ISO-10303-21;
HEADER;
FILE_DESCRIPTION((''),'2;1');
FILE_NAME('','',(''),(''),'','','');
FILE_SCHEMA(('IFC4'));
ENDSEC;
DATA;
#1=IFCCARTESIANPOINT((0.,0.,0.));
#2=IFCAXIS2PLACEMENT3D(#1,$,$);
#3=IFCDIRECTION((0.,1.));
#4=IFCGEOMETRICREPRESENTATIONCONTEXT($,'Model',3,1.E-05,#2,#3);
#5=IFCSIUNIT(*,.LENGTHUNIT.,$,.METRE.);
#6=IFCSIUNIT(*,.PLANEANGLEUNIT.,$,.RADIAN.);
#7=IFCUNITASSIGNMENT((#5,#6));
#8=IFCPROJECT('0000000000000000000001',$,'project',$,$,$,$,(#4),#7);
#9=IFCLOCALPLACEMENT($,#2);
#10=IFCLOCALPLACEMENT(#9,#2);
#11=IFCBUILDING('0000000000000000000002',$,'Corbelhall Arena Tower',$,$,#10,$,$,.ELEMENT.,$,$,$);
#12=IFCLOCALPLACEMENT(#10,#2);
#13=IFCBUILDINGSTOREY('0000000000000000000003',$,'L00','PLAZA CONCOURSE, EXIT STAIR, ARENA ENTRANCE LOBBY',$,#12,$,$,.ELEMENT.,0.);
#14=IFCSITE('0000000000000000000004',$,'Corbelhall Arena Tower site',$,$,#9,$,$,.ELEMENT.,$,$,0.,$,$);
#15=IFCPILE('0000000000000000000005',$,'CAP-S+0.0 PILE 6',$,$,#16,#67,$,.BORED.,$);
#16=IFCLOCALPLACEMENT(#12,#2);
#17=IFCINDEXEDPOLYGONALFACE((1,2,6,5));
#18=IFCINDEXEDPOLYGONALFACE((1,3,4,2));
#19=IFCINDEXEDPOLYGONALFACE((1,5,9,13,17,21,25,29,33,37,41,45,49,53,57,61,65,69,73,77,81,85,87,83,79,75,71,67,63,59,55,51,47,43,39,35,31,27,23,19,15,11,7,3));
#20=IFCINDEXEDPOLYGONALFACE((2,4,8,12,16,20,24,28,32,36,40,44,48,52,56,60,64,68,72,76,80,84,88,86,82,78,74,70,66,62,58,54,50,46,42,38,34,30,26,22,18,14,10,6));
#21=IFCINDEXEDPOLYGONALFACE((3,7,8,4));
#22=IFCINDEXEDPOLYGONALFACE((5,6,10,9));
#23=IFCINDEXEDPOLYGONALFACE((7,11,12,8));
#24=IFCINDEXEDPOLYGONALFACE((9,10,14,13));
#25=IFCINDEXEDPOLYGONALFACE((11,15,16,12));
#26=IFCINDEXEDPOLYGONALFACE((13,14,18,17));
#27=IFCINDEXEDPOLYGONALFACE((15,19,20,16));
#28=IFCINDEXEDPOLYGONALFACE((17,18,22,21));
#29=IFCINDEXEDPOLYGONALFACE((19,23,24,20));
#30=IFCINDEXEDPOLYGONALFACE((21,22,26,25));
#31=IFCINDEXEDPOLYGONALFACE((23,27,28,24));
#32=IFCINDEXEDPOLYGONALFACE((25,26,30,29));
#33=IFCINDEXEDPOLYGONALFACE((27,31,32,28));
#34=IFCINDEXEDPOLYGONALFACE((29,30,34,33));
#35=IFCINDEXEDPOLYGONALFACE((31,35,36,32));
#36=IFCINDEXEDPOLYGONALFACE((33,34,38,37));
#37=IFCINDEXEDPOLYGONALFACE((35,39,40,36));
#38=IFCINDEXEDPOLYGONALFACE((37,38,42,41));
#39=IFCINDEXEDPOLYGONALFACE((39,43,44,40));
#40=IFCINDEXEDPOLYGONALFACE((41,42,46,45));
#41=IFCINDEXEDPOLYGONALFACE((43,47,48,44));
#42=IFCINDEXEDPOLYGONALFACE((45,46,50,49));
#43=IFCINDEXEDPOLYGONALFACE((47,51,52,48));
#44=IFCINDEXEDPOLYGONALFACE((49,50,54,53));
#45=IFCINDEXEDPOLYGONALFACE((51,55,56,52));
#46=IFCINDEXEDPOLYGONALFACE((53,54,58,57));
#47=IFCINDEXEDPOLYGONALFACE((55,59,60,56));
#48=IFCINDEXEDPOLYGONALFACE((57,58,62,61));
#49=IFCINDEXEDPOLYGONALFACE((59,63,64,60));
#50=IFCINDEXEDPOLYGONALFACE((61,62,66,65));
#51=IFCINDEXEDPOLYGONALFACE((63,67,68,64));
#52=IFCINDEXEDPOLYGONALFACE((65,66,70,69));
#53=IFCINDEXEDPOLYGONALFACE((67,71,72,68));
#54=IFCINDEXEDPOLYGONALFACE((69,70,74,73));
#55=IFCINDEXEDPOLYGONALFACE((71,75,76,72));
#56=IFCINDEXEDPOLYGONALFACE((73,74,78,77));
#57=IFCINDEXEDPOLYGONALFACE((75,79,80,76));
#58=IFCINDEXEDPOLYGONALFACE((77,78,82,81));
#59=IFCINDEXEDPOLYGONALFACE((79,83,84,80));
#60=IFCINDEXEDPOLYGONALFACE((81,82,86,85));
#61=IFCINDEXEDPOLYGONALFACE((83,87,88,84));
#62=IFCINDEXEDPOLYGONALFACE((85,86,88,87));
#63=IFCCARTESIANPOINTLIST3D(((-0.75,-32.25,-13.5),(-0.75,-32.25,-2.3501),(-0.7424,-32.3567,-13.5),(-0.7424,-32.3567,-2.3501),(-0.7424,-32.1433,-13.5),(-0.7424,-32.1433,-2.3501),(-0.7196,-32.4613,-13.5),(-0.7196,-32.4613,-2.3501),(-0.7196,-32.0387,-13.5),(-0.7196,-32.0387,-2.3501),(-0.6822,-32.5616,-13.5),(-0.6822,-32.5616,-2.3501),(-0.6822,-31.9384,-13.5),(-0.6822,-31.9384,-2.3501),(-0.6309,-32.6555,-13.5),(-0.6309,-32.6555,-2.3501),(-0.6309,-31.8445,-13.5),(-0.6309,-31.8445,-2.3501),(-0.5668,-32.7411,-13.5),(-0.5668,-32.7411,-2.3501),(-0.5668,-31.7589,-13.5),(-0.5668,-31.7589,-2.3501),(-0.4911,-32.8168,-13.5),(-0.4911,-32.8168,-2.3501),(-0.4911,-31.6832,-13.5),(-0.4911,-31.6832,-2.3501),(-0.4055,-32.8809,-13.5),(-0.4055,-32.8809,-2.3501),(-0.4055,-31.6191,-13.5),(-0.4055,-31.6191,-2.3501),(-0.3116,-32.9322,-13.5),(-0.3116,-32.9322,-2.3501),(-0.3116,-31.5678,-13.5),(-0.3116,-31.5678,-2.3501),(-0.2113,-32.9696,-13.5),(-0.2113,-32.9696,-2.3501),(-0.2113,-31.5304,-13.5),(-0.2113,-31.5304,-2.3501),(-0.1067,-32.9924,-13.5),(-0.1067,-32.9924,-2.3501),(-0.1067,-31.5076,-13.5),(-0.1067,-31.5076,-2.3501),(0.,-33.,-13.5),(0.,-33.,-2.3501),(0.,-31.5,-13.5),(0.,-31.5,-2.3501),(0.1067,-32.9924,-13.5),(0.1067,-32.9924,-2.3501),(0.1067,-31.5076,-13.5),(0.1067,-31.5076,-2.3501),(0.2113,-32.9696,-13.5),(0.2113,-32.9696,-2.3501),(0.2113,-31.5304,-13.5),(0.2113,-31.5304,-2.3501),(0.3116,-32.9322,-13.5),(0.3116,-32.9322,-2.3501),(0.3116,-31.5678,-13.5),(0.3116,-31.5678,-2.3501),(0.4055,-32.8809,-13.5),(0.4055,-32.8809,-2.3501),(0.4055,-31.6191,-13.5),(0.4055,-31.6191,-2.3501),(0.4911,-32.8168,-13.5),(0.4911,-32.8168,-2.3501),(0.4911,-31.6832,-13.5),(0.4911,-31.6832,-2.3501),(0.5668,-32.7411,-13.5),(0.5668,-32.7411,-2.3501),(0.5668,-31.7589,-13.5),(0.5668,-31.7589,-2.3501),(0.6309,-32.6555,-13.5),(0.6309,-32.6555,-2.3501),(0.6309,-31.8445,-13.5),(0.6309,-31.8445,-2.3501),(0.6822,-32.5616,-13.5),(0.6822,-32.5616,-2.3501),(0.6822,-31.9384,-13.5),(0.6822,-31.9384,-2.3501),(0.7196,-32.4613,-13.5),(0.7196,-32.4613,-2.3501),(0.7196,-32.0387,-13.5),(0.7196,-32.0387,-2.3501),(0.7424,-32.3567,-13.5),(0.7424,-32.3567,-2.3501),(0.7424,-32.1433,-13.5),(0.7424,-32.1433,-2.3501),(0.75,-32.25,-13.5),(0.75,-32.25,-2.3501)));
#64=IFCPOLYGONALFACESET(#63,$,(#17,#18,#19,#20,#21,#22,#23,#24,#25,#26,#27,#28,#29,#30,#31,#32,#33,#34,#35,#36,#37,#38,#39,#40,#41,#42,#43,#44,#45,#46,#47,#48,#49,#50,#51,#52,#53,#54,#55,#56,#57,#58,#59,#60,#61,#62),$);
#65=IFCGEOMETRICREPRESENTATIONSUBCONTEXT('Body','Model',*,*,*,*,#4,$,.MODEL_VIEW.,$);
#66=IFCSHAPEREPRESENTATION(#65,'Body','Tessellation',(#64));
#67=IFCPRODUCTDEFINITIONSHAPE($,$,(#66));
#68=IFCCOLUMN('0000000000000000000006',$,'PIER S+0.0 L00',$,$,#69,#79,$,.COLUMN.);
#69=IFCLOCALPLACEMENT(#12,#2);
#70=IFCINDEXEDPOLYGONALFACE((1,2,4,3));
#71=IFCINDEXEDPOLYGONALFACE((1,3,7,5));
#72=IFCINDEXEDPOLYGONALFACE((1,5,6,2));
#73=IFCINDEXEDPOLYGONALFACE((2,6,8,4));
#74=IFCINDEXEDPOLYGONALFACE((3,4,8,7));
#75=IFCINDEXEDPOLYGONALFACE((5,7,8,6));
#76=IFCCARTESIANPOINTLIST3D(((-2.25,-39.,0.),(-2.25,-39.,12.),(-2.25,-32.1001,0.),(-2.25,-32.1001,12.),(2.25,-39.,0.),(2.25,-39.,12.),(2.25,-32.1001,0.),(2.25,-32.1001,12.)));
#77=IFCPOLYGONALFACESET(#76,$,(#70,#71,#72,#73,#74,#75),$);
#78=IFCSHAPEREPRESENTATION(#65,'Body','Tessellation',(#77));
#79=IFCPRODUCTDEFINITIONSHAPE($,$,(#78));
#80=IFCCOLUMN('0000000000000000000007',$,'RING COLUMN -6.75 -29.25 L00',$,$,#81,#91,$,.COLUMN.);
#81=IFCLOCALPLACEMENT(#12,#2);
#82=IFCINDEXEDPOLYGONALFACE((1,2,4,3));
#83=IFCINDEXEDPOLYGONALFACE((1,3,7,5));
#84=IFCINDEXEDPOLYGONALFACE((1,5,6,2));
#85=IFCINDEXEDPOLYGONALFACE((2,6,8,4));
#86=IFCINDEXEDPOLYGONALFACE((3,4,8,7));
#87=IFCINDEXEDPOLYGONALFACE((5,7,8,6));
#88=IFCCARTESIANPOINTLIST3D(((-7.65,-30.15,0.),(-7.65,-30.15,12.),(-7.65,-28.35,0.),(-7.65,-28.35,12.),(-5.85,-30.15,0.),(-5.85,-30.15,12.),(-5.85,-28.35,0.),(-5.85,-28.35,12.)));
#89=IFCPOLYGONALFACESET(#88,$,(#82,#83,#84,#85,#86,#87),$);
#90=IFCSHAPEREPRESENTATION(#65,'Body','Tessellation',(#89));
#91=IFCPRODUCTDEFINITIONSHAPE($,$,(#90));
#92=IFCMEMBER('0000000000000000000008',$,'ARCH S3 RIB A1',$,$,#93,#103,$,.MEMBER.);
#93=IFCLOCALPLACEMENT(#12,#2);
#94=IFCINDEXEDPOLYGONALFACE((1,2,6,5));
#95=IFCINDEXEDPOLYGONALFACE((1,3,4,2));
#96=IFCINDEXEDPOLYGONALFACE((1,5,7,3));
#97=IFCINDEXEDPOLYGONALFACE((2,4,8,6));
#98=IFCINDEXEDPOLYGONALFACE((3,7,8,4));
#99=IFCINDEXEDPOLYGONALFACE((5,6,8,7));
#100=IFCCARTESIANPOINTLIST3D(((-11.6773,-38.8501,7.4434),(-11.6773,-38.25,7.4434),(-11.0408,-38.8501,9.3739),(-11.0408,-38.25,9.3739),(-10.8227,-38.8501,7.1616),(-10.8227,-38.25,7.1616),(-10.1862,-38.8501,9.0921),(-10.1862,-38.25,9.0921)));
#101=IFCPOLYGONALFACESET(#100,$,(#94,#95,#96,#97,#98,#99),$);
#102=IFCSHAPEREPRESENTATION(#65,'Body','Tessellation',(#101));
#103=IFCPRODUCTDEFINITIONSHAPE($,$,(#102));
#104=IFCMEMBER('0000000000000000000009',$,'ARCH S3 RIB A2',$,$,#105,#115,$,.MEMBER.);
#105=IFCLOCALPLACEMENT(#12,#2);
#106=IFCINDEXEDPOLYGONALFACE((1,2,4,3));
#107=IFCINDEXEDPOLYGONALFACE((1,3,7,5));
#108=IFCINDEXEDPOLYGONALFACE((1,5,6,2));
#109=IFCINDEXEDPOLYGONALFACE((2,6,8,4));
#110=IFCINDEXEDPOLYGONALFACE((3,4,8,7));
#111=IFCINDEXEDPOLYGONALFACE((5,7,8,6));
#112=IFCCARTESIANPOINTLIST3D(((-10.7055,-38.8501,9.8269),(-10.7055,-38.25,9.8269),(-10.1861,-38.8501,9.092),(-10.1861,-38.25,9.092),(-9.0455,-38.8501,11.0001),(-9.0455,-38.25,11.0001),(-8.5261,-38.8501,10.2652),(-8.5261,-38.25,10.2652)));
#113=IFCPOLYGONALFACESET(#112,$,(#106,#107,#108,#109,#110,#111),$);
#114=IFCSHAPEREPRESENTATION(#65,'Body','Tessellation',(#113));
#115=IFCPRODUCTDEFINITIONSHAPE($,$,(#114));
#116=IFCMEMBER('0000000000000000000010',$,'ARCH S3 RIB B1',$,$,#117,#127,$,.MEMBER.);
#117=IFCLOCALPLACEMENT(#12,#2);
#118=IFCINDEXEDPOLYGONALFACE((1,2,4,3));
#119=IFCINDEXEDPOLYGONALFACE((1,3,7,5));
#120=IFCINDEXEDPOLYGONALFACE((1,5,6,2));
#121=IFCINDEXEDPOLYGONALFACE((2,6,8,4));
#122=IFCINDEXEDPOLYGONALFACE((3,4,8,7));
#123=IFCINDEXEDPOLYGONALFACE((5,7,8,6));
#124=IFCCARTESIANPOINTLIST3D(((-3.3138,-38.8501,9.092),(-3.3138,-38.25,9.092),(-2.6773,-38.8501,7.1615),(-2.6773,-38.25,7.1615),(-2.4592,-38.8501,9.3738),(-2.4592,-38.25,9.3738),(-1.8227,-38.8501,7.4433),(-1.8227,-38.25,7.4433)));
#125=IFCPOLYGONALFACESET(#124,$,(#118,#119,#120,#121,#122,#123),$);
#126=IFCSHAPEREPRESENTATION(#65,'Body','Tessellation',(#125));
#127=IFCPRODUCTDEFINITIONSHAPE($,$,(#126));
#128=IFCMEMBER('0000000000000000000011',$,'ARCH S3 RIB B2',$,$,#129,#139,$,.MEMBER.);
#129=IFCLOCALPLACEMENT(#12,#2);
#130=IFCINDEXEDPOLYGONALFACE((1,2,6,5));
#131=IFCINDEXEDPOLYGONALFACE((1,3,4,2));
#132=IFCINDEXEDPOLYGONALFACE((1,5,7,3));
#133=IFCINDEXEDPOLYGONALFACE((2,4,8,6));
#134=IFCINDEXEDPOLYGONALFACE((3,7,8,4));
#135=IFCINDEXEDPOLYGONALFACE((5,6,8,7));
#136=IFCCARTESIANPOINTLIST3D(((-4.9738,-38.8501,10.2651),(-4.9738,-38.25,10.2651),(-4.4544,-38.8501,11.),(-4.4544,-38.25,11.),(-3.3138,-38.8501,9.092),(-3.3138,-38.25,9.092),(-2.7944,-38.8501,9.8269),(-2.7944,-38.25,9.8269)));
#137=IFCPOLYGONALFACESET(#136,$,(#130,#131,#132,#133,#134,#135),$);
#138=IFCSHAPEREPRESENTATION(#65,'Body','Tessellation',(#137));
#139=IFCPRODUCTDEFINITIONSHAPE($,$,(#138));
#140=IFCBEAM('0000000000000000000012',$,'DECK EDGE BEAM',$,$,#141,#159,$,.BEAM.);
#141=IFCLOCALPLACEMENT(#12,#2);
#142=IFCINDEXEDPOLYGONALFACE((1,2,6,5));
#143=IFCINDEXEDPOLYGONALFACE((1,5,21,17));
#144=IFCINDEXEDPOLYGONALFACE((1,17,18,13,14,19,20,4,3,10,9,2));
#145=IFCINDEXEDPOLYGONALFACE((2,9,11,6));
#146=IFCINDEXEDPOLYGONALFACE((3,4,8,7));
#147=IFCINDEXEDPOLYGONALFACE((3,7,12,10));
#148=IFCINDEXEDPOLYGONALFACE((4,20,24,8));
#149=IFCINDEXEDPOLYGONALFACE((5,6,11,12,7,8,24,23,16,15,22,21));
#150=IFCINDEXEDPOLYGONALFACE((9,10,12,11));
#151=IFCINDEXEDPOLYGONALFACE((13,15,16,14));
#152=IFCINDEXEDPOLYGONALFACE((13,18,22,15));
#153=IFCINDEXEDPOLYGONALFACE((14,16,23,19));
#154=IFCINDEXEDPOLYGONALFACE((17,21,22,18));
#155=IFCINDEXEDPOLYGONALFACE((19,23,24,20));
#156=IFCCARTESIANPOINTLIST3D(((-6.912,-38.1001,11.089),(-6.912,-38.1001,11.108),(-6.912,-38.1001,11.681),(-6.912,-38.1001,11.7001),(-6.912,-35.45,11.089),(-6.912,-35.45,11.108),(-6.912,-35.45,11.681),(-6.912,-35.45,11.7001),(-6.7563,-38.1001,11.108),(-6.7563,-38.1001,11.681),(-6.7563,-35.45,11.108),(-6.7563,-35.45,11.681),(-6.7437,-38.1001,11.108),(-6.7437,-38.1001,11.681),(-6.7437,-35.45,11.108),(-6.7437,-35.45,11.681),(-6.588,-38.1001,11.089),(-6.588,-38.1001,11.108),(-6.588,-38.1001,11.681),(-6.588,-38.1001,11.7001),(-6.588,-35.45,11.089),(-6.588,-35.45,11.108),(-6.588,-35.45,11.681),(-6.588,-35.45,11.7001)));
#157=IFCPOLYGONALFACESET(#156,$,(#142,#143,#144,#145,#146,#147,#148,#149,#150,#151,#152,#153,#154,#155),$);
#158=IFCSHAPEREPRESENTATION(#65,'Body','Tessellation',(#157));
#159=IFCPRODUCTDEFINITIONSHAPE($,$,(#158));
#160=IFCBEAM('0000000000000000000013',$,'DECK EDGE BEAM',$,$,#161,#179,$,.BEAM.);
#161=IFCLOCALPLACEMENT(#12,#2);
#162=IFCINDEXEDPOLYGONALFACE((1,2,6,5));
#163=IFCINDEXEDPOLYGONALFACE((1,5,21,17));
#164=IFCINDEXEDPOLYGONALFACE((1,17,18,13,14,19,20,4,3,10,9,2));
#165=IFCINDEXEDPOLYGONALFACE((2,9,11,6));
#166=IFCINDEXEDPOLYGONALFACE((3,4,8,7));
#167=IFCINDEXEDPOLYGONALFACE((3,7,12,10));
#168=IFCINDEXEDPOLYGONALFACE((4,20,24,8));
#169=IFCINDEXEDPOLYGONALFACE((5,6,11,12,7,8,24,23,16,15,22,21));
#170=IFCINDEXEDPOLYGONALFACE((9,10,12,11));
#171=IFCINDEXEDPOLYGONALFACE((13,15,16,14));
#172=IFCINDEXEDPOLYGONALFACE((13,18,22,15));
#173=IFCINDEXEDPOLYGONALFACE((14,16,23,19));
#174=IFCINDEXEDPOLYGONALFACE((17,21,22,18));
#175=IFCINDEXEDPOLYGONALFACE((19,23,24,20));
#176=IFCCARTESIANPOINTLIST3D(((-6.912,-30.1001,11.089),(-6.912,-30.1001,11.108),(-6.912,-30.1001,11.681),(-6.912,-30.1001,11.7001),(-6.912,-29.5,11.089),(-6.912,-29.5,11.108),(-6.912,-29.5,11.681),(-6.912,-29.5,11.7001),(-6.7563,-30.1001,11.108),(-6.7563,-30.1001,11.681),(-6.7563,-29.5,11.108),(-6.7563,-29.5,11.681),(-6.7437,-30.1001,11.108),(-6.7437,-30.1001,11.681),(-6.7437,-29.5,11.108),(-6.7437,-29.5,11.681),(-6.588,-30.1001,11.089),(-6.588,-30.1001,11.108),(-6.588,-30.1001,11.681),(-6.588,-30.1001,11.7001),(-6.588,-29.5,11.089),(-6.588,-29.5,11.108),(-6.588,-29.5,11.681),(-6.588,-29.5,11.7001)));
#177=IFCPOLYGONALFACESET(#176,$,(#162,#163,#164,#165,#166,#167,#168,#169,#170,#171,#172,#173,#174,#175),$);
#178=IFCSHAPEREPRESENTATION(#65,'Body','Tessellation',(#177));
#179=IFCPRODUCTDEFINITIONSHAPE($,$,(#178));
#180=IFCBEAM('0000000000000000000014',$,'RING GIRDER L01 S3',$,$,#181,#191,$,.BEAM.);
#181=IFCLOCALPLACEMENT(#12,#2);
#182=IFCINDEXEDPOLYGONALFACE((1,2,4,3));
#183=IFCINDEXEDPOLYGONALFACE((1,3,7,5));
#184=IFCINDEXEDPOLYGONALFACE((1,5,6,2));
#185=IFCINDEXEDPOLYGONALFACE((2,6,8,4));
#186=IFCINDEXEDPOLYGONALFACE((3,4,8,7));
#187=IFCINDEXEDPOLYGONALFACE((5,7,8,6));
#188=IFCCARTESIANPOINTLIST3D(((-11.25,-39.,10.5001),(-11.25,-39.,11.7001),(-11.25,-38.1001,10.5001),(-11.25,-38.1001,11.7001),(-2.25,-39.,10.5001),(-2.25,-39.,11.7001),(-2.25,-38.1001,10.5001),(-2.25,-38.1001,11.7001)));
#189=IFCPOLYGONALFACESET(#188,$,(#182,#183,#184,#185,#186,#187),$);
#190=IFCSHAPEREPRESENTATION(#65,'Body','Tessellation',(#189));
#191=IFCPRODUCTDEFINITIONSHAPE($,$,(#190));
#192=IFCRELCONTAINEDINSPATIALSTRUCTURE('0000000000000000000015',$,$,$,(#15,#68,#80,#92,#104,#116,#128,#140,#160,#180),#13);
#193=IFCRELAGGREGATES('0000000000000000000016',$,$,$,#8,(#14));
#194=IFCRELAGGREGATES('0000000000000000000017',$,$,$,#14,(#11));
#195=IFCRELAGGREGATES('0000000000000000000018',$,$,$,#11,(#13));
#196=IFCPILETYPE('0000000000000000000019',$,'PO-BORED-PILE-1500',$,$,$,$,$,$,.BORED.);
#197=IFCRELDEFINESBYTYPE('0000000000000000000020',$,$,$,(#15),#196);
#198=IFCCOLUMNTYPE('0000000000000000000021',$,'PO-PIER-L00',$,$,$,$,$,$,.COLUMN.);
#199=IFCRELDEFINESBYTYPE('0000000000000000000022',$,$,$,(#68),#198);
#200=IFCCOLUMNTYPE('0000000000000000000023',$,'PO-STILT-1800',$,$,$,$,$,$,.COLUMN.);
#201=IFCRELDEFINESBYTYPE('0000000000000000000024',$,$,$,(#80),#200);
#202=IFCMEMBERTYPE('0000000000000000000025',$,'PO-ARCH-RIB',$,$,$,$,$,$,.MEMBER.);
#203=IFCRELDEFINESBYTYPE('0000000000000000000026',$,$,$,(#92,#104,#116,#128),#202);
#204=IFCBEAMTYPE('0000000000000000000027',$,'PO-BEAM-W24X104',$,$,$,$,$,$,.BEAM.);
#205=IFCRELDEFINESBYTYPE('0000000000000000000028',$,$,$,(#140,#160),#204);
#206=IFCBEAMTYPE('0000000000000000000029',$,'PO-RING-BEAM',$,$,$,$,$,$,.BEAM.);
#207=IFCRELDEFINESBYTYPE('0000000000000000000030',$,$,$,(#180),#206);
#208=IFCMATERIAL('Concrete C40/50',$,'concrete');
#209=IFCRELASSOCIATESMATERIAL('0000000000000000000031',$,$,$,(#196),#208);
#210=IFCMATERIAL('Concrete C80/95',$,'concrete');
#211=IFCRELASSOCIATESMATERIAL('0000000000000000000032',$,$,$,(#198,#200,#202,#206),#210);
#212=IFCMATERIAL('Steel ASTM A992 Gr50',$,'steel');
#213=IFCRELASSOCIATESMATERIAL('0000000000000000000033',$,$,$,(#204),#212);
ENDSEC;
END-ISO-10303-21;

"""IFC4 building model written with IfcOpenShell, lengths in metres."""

from ifc_helpers import new_model, si_unit, direction, frame, origin, origin_2d, place, context, subcontext, project, spatial, rectangle, circle, i_section, extrude, material, material_profile, profile_set, type_object, element, save


model = new_model("IFC4")

# Units and contexts
model_context = context("Model", 3, precision=1e-05, world=origin(), true_north=direction((0.0, 1.0)))
body_context = subcontext(model_context, "Body", "Model", "MODEL_VIEW")
ifc_project = project(units=[si_unit("LENGTHUNIT", "METRE"), si_unit("PLANEANGLEUNIT", "RADIAN")], contexts=[model_context])

# Site, building, storey
site_placement = place(None, origin())
site = spatial("IfcSite", under=ifc_project, at=site_placement, Name="Corbelhall Arena Tower site", CompositionType="ELEMENT", RefElevation=0.0)
building_placement = place(site_placement, origin())
building = spatial("IfcBuilding", under=site, at=building_placement, Name="Corbelhall Arena Tower", CompositionType="ELEMENT")
storey_placement = place(building_placement, origin())
storey = spatial("IfcBuildingStorey", under=building, at=storey_placement, Name="L00", Description="PLAZA CONCOURSE, EXIT STAIR, ARENA ENTRANCE LOBBY", CompositionType="ELEMENT", Elevation=0.0)

# Pile
ifc_material_1 = material(Name="Concrete C40/50", Category="concrete")
ifc_material_profile_1 = material_profile(ifc_material_1, circle(Radius=0.75, at=origin_2d()))
ifc_profile_set_1 = profile_set([ifc_material_profile_1], Name="Concrete C40/50")
pile_type_1 = type_object("IfcPileType", Name="PO-BORED-PILE-1500", PredefinedType="BORED", material=ifc_profile_set_1)
for number, where, z_axis, x_axis, name in (
    (1, (0.0, -32.25, -2.3501), (0.0, 0.0, -1.0), (1.0, 0.0, 0.0), "CAP-S+0.0 PILE 6"),
):
    element("IfcPile", number, at=place(storey_placement, frame(where, z_axis=z_axis, x_axis=x_axis)), inside=storey, type_object=pile_type_1, Name=name, PredefinedType="BORED", context=body_context, shape_type="SweptSolid", body=[
        extrude(circle(Radius=0.75, at=origin_2d()), origin(), (0.0, 0.0, 1.0), 11.1499),
    ])

# Columns
ifc_material_2 = material(Name="Concrete C80/95", Category="concrete")
ifc_material_profile_2 = material_profile(ifc_material_2, rectangle(XDim=4.5, YDim=6.8999, at=origin_2d()))
ifc_profile_set_2 = profile_set([ifc_material_profile_2], Name="Concrete C80/95")
column_type_1 = type_object("IfcColumnType", Name="PO-PIER-L00", PredefinedType="COLUMN", material=ifc_profile_set_2)
column_1_placement = place(storey_placement, frame((0.0, -35.55, 0.0), z_axis=(0.0, 0.0, 1.0), x_axis=(1.0, 0.0, 0.0)))
element("IfcColumn", 2, at=column_1_placement, inside=storey, type_object=column_type_1, Name="PIER S+0.0 L00", PredefinedType="COLUMN", context=body_context, shape_type="SweptSolid", body=[
    extrude(rectangle(XDim=4.5, YDim=6.8999, at=origin_2d()), origin(), (0.0, 0.0, 1.0), 12.0),
])
ifc_material_profile_3 = material_profile(ifc_material_2, rectangle(XDim=1.8, YDim=1.8, at=origin_2d()))
ifc_profile_set_3 = profile_set([ifc_material_profile_3], Name="Concrete C80/95")
column_type_2 = type_object("IfcColumnType", Name="PO-STILT-1800", PredefinedType="COLUMN", material=ifc_profile_set_3)
column_2_placement = place(storey_placement, frame((-6.75, -29.25, 0.0), z_axis=(0.0, 0.0, 1.0), x_axis=(1.0, 0.0, 0.0)))
element("IfcColumn", 3, at=column_2_placement, inside=storey, type_object=column_type_2, Name="RING COLUMN -6.75 -29.25 L00", PredefinedType="COLUMN", context=body_context, shape_type="SweptSolid", body=[
    extrude(rectangle(XDim=1.8, YDim=1.8, at=origin_2d()), origin(), (0.0, 0.0, 1.0), 12.0),
])

# Members
ifc_material_profile_4 = material_profile(ifc_material_2, rectangle(XDim=0.6001, YDim=0.8999, at=origin_2d()))
ifc_profile_set_4 = profile_set([ifc_material_profile_4], Name="Concrete C80/95")
member_type = type_object("IfcMemberType", Name="PO-ARCH-RIB", PredefinedType="MEMBER", material=ifc_profile_set_4)
for number, where, z_axis, x_axis, name in (
    (4, (-11.25, -38.55, 7.3025), (0.313127, 0.0, 0.949711), (0.0, 1.0, 0.0), "ARCH S3 RIB A1"),
    (5, (-10.4458, -38.55, 9.4595), (0.816645, 0.0, 0.577141), (0.0, 1.0, 0.0), "ARCH S3 RIB A2"),
    (6, (-2.8865, -38.55, 9.2329), (0.313127, 0.0, -0.949711), (0.0, 1.0, 0.0), "ARCH S3 RIB B1"),
    (7, (-4.7141, -38.55, 10.6326), (0.816645, 0.0, -0.577141), (0.0, 1.0, 0.0), "ARCH S3 RIB B2"),
):
    element("IfcMember", number, at=place(storey_placement, frame(where, z_axis=z_axis, x_axis=x_axis)), inside=storey, type_object=member_type, Name=name, PredefinedType="MEMBER", context=body_context, shape_type="SweptSolid", body=[
        extrude(rectangle(XDim=0.6001, YDim=0.8999, at=origin_2d()), origin(), (0.0, 0.0, 1.0), 2.0327),
    ])

# Beams
ifc_material_3 = material(Name="Steel ASTM A992 Gr50", Category="steel")
ifc_material_profile_5 = material_profile(ifc_material_3, i_section(OverallWidth=0.324, OverallDepth=0.6111, WebThickness=0.0127, FlangeThickness=0.019, at=origin_2d()))
ifc_profile_set_5 = profile_set([ifc_material_profile_5], Name="Steel ASTM A992 Gr50")
beam_type_1 = type_object("IfcBeamType", Name="PO-BEAM-W24X104", PredefinedType="BEAM", material=ifc_profile_set_5)
beam_1_placement = place(storey_placement, frame((-6.75, -35.45, 11.3945), z_axis=(0.0, -1.0, 0.0), x_axis=(1.0, 0.0, 0.0)))
element("IfcBeam", 8, at=beam_1_placement, inside=storey, type_object=beam_type_1, Name="DECK EDGE BEAM", PredefinedType="BEAM", context=body_context, shape_type="SweptSolid", body=[
    extrude(i_section(OverallWidth=0.324, OverallDepth=0.6111, WebThickness=0.0127, FlangeThickness=0.019, at=origin_2d()), origin(), (0.0, 0.0, 1.0), 2.6501),
])
beam_2_placement = place(storey_placement, frame((-6.75, -29.5, 11.3945), z_axis=(0.0, -1.0, 0.0), x_axis=(1.0, 0.0, 0.0)))
element("IfcBeam", 9, at=beam_2_placement, inside=storey, type_object=beam_type_1, Name="DECK EDGE BEAM", PredefinedType="BEAM", context=body_context, shape_type="SweptSolid", body=[
    extrude(i_section(OverallWidth=0.324, OverallDepth=0.6111, WebThickness=0.0127, FlangeThickness=0.019, at=origin_2d()), origin(), (0.0, 0.0, 1.0), 0.6001),
])
ifc_material_profile_6 = material_profile(ifc_material_2, rectangle(XDim=0.8999, YDim=1.2, at=origin_2d()))
ifc_profile_set_6 = profile_set([ifc_material_profile_6], Name="Concrete C80/95")
beam_type_2 = type_object("IfcBeamType", Name="PO-RING-BEAM", PredefinedType="BEAM", material=ifc_profile_set_6)
beam_3_placement = place(storey_placement, frame((-11.25, -38.55, 11.1001), z_axis=(1.0, 0.0, 0.0), x_axis=(0.0, 1.0, 0.0)))
element("IfcBeam", 10, at=beam_3_placement, inside=storey, type_object=beam_type_2, Name="RING GIRDER L01 S3", PredefinedType="BEAM", context=body_context, shape_type="SweptSolid", body=[
    extrude(rectangle(XDim=0.8999, YDim=1.2, at=origin_2d()), origin(), (0.0, 0.0, 1.0), 9.0),
])

save(model, "model.ifc")
